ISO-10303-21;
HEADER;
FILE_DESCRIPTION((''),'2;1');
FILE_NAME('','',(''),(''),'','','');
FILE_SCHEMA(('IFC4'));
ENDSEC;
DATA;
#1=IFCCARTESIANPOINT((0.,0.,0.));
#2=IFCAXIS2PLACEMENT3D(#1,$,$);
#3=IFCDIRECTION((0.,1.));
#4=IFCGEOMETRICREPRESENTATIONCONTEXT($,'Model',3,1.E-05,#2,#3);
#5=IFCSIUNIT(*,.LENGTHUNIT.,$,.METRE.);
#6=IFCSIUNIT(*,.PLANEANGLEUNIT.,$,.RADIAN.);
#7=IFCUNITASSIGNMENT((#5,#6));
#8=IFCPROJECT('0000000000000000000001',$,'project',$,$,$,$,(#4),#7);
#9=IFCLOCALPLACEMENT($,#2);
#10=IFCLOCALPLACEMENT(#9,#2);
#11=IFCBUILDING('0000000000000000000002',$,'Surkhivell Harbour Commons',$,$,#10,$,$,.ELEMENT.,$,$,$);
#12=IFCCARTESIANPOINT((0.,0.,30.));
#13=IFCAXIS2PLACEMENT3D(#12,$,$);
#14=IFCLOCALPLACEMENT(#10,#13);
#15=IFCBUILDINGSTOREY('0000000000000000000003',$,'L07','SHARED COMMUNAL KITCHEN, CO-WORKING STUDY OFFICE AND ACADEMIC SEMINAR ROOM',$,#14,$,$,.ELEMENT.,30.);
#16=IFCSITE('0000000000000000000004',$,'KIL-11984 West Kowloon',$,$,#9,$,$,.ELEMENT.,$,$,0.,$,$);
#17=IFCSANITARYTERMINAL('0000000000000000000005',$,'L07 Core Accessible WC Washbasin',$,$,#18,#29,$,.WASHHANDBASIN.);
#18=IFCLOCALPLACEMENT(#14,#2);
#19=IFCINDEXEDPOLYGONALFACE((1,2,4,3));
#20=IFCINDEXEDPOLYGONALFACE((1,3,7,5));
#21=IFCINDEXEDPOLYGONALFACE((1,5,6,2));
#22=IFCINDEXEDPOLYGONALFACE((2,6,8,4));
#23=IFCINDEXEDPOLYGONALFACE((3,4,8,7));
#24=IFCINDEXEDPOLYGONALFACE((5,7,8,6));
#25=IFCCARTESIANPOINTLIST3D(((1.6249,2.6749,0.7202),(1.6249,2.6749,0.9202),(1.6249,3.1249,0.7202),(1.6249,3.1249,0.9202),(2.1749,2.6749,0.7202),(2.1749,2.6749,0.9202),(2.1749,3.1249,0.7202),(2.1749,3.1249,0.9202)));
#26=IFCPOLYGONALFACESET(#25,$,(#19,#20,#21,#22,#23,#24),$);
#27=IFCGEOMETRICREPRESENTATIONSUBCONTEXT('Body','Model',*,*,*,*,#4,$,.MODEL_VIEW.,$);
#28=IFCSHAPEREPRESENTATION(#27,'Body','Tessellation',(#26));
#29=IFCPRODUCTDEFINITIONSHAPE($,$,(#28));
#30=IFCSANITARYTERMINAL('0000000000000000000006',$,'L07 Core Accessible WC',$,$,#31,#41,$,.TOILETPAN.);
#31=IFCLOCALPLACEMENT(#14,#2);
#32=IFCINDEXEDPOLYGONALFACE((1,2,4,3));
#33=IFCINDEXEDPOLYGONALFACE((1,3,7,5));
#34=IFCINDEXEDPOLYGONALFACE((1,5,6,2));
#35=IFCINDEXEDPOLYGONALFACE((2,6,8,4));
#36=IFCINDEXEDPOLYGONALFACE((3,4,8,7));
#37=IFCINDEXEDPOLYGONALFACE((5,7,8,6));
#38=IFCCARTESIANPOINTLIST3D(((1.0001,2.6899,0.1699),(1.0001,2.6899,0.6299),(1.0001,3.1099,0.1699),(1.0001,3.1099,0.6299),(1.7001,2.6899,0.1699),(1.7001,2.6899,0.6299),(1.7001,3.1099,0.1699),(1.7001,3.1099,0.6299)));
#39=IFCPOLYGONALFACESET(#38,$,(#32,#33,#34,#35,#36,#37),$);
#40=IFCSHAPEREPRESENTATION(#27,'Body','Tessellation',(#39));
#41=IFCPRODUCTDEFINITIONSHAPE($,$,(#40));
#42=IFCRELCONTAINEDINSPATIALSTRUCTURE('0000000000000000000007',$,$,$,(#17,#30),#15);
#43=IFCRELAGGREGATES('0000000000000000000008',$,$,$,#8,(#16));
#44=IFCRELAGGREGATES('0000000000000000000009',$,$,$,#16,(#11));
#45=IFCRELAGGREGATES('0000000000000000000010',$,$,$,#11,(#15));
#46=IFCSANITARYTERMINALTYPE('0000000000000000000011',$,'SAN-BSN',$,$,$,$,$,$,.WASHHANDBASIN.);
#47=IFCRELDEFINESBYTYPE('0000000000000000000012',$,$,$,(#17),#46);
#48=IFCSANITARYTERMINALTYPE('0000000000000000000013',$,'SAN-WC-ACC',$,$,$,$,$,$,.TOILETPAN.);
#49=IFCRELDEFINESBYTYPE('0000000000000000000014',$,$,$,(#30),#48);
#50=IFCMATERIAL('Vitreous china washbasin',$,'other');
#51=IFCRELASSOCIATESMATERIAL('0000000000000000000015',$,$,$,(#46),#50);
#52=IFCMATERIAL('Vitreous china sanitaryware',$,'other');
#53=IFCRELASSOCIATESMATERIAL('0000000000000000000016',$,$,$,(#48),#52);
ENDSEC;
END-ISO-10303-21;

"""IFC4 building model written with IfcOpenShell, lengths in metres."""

from ifc_helpers import new_model, si_unit, direction, frame, origin, origin_2d, place, context, subcontext, project, spatial, rectangle, extrude, material, type_object, element, save


model = new_model("IFC4")

# Units and contexts
model_context = context("Model", 3, precision=1e-05, world=origin(), true_north=direction((0.0, 1.0)))
body_context = subcontext(model_context, "Body", "Model", "MODEL_VIEW")
ifc_project = project(units=[si_unit("LENGTHUNIT", "METRE"), si_unit("PLANEANGLEUNIT", "RADIAN")], contexts=[model_context])

# Site, building, storey
site_placement = place(None, origin())
site = spatial("IfcSite", under=ifc_project, at=site_placement, Name="KIL-11984 West Kowloon", CompositionType="ELEMENT", RefElevation=0.0)
building_placement = place(site_placement, origin())
building = spatial("IfcBuilding", under=site, at=building_placement, Name="Surkhivell Harbour Commons", CompositionType="ELEMENT")
storey_placement = place(building_placement, frame((0.0, 0.0, 30.0)))
storey = spatial("IfcBuildingStorey", under=building, at=storey_placement, Name="L07", Description="SHARED COMMUNAL KITCHEN, CO-WORKING STUDY OFFICE AND ACADEMIC SEMINAR ROOM", CompositionType="ELEMENT", Elevation=30.0)

# Sanitary terminals
ifc_material_1 = material(Name="Vitreous china washbasin", Category="other")
sanitary_terminal_type_1 = type_object("IfcSanitaryTerminalType", Name="SAN-BSN", PredefinedType="WASHHANDBASIN", material=ifc_material_1)
sanitary_terminal_1_placement = place(storey_placement, frame((1.8999, 2.8999, 0.7202), z_axis=(0.0, 0.0, 1.0), x_axis=(1.0, 0.0, 0.0)))
element("IfcSanitaryTerminal", 1, at=sanitary_terminal_1_placement, inside=storey, type_object=sanitary_terminal_type_1, Name="L07 Core Accessible WC Washbasin", PredefinedType="WASHHANDBASIN", context=body_context, shape_type="SweptSolid", body=[
    extrude(rectangle(XDim=0.55, YDim=0.45, at=origin_2d()), origin(), (0.0, 0.0, 1.0), 0.2),
])
ifc_material_2 = material(Name="Vitreous china sanitaryware", Category="other")
sanitary_terminal_type_2 = type_object("IfcSanitaryTerminalType", Name="SAN-WC-ACC", PredefinedType="TOILETPAN", material=ifc_material_2)
sanitary_terminal_2_placement = place(storey_placement, frame((1.3501, 2.8999, 0.1699), z_axis=(0.0, 0.0, 1.0), x_axis=(1.0, 0.0, 0.0)))
element("IfcSanitaryTerminal", 2, at=sanitary_terminal_2_placement, inside=storey, type_object=sanitary_terminal_type_2, Name="L07 Core Accessible WC", PredefinedType="TOILETPAN", context=body_context, shape_type="SweptSolid", body=[
    extrude(rectangle(XDim=0.7, YDim=0.4199, at=origin_2d()), origin(), (0.0, 0.0, 1.0), 0.46),
])

save(model, "model.ifc")
